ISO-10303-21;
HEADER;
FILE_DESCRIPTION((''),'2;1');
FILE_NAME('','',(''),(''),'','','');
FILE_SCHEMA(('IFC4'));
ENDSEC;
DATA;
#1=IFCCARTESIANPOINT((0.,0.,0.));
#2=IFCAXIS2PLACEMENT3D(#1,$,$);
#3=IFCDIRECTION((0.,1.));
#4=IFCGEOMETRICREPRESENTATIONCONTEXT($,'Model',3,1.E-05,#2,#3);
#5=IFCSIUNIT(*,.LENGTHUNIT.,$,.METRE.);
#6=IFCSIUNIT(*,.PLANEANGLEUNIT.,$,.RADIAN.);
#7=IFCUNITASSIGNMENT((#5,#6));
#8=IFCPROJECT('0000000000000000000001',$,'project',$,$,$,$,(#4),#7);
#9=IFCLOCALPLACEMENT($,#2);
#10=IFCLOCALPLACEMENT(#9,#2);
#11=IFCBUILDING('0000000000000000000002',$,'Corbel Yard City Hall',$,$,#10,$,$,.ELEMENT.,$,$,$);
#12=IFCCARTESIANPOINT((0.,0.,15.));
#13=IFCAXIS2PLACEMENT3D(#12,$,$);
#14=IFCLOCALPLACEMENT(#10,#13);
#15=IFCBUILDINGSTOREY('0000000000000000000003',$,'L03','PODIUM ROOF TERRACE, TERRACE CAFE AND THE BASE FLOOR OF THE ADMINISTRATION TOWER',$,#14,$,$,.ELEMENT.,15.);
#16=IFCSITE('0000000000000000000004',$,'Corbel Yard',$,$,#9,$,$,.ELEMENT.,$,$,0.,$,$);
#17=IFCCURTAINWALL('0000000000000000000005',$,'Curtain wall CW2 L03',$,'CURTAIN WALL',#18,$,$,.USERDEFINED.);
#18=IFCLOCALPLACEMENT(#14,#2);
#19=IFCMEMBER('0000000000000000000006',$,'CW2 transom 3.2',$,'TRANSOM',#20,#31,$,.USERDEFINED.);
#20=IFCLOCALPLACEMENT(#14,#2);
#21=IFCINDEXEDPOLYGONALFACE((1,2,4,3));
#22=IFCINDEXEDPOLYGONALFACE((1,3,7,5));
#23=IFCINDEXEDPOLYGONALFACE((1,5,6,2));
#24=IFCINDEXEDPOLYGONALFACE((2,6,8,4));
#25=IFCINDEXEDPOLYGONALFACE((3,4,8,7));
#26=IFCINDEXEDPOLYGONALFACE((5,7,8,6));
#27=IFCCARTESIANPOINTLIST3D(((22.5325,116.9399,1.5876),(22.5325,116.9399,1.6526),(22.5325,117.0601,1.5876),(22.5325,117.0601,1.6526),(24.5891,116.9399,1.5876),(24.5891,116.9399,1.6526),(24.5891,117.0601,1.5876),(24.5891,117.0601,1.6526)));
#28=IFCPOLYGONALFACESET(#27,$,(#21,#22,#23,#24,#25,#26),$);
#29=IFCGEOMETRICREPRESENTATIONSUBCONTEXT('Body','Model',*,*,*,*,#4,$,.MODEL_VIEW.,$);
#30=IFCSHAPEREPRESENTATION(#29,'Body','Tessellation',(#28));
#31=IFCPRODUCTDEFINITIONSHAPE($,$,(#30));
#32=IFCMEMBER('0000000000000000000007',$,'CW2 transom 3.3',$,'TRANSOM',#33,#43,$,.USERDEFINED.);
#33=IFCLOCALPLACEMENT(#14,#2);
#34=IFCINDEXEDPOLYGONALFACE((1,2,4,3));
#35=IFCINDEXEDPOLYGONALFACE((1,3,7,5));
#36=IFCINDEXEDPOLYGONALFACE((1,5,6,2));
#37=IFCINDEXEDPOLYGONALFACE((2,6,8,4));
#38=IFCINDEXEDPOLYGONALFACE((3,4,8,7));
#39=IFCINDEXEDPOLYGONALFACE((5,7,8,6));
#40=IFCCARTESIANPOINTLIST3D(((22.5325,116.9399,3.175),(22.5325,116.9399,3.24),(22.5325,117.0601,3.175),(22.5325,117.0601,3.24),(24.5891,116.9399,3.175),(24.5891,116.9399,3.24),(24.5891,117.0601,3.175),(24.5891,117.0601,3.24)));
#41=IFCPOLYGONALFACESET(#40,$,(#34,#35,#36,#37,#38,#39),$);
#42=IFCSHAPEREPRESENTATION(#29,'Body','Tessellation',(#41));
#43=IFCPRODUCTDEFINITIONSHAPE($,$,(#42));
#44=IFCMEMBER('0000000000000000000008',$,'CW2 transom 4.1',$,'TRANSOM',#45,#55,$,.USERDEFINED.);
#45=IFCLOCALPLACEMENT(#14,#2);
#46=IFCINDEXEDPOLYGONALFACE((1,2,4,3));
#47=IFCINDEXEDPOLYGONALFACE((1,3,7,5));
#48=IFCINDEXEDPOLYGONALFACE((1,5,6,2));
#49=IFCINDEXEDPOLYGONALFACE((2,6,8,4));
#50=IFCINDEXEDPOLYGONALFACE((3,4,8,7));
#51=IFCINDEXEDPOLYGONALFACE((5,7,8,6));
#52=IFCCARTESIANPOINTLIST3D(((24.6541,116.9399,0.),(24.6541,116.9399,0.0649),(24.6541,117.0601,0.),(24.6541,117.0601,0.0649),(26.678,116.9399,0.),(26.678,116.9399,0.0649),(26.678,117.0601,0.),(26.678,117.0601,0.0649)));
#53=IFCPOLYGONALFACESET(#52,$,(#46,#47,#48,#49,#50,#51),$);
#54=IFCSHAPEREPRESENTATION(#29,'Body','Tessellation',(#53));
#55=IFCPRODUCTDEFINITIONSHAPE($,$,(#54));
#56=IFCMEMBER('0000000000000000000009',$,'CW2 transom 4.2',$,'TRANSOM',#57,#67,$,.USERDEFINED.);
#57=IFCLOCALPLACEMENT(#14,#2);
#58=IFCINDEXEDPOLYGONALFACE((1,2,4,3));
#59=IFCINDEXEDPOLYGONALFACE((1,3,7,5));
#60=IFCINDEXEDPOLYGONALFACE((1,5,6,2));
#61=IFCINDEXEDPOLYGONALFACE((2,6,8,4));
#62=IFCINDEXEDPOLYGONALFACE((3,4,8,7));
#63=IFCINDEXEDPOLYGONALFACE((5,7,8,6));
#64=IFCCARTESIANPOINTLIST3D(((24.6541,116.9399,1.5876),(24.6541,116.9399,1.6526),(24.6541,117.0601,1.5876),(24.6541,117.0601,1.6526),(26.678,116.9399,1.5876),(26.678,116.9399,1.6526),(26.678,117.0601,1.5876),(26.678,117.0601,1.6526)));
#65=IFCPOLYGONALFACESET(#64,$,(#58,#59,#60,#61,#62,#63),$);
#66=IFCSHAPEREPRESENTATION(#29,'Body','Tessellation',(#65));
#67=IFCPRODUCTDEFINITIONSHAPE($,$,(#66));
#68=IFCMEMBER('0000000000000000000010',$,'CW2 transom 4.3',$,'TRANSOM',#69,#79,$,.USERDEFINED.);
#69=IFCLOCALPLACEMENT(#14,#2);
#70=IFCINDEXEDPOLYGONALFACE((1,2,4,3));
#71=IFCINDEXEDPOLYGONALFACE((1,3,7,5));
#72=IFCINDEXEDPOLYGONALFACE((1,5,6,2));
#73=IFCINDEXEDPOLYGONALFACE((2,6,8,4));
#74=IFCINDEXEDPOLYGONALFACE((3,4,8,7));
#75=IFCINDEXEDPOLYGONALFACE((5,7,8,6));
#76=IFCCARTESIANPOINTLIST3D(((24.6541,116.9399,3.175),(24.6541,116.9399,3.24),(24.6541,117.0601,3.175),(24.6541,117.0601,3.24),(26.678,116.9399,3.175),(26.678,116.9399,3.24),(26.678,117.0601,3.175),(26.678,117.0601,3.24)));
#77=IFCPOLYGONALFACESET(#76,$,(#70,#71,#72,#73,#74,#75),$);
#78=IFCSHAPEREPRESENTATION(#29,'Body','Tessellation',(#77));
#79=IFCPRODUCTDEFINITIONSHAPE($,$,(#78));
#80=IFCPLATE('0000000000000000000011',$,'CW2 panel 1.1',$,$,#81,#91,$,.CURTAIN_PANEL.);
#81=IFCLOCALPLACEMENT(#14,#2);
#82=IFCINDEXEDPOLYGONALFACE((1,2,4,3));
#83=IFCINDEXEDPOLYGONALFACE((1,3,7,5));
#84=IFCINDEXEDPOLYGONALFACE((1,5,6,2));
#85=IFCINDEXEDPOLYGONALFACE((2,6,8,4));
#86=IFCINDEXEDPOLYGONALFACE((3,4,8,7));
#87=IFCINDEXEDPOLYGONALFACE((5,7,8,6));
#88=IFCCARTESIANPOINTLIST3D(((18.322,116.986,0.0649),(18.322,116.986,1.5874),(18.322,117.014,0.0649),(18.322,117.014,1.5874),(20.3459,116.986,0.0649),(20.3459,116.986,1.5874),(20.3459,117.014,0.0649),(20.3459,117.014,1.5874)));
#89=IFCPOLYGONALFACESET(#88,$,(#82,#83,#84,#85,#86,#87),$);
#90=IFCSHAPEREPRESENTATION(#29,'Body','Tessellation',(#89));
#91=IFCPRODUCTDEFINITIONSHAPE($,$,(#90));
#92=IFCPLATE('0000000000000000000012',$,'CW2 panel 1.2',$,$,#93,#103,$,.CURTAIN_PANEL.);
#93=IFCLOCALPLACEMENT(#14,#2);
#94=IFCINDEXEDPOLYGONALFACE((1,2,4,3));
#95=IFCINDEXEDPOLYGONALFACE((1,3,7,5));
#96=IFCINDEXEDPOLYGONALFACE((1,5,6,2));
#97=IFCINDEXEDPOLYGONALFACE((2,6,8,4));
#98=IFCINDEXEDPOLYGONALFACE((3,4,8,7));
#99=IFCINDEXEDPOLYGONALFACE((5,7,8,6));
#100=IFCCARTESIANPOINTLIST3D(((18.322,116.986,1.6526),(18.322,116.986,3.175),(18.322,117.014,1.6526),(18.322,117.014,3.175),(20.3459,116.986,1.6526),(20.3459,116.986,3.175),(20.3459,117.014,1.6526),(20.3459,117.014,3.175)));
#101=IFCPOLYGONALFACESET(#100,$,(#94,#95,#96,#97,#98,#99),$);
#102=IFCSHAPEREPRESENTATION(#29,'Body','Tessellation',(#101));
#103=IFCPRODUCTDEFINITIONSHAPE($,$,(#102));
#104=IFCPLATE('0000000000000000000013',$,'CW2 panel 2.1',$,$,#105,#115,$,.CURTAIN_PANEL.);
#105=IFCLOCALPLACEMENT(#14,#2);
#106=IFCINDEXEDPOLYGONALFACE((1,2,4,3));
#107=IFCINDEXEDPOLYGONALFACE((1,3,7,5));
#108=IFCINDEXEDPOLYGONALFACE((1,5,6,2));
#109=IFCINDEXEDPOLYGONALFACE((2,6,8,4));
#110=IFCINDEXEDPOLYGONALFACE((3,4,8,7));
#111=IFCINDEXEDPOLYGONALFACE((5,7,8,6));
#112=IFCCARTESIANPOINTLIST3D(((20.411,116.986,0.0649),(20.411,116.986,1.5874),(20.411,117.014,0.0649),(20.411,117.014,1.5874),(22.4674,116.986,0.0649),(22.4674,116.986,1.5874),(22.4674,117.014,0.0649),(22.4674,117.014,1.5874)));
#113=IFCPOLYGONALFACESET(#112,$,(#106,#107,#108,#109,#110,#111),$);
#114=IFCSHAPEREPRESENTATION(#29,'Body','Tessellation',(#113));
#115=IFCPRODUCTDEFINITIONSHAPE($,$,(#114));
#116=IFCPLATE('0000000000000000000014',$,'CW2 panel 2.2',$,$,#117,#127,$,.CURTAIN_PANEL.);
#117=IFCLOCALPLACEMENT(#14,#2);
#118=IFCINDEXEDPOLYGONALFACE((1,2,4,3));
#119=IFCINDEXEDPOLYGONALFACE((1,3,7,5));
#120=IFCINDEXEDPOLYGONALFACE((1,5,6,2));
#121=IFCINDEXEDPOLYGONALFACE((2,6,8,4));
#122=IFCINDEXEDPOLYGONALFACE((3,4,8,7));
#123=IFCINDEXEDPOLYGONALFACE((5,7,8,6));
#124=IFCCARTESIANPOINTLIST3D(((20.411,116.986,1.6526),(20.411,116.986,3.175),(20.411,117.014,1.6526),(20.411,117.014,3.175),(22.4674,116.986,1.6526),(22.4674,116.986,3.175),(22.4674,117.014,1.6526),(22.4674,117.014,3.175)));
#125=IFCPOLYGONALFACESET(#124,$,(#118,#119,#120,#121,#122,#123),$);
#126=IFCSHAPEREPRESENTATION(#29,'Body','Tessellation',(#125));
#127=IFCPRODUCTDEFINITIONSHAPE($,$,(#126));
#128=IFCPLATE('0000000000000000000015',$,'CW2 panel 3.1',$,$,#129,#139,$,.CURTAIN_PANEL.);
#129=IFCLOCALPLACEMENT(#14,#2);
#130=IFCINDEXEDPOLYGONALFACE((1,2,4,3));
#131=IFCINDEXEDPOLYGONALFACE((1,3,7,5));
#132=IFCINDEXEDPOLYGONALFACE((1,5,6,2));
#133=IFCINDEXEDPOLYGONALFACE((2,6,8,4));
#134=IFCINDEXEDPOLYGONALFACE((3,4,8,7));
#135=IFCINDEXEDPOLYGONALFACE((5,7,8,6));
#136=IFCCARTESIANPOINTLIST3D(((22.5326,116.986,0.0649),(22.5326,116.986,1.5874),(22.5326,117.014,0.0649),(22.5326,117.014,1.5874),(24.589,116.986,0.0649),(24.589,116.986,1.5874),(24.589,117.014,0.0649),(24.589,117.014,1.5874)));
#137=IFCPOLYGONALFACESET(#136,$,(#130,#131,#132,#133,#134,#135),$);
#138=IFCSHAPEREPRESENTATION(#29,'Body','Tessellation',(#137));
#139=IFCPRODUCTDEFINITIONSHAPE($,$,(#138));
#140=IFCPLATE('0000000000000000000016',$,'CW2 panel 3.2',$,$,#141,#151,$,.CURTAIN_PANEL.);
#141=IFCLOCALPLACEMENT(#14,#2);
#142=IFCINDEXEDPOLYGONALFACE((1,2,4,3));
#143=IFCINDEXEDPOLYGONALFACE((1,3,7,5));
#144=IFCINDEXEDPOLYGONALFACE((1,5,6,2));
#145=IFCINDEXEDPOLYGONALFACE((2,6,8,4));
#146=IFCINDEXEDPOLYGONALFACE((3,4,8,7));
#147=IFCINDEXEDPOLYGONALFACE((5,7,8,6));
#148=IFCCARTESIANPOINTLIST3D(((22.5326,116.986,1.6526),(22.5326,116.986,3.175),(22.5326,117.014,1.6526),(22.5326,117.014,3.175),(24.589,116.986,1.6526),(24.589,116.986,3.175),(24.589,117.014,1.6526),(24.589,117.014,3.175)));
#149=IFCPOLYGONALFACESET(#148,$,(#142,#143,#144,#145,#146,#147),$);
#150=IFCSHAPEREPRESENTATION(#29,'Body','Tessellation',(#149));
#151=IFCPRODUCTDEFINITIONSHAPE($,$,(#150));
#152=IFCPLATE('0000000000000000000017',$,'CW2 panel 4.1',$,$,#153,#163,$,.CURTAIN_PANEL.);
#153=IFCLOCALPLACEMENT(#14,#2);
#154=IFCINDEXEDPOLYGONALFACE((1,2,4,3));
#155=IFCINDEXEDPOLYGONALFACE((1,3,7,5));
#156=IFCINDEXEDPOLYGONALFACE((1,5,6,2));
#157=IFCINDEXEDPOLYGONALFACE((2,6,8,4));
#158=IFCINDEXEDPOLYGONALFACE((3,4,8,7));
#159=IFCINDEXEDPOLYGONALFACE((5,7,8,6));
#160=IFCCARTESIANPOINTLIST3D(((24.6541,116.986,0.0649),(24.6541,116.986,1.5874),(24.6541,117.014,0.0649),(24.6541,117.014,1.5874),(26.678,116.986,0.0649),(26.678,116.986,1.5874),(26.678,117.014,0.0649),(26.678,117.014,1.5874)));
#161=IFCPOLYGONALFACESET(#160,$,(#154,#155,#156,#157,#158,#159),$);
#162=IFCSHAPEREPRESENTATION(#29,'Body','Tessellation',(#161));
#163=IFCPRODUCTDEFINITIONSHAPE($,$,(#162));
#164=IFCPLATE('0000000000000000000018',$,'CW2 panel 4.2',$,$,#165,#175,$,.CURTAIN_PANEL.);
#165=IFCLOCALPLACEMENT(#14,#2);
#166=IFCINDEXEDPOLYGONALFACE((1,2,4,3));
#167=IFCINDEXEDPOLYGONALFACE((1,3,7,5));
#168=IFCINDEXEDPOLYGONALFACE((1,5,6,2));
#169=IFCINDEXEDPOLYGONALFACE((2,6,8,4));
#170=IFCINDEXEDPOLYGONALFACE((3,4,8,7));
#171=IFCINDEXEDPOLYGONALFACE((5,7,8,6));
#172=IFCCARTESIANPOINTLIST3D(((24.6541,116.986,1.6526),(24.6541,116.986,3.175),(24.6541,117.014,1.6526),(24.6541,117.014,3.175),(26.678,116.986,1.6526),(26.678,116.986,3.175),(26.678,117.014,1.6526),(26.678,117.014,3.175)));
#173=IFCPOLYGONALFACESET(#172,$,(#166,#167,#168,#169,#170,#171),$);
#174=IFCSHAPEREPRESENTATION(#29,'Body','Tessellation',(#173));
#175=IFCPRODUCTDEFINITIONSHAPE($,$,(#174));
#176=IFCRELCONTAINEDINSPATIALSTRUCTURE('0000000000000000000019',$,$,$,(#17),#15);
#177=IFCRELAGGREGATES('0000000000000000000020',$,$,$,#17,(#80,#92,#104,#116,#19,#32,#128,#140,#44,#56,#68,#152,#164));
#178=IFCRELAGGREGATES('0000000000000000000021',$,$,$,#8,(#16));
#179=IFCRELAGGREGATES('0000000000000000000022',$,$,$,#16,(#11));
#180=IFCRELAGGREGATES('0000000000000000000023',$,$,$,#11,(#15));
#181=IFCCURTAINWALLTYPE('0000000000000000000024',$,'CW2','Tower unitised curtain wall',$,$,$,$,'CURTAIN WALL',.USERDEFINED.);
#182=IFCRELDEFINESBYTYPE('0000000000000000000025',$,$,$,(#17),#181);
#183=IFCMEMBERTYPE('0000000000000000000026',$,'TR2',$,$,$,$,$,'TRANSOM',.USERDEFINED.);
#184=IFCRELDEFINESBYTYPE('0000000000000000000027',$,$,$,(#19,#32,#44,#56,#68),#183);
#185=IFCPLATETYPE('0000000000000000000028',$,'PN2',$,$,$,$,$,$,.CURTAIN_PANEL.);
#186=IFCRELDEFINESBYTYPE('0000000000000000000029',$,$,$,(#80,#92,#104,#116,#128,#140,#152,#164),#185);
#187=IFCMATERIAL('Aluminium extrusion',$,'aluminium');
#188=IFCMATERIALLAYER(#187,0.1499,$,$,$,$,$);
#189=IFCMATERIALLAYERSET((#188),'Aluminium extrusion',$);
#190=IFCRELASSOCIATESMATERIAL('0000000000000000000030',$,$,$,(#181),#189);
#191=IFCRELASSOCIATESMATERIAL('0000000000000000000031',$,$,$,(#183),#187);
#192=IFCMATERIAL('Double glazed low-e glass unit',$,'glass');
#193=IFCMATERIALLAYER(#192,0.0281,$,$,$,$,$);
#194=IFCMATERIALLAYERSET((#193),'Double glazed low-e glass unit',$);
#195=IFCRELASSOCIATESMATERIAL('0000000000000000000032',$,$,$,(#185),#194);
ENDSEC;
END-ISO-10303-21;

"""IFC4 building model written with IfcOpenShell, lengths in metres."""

from ifc_helpers import new_model, si_unit, direction, frame, origin, origin_2d, place, context, subcontext, project, spatial, rectangle, extrude, material, layer, layer_set, material_profile, profile_set, type_object, element, aggregate, save


model = new_model("IFC4")

# Units and contexts
model_context = context("Model", 3, precision=1e-05, world=origin(), true_north=direction((0.0, 1.0)))
body_context = subcontext(model_context, "Body", "Model", "MODEL_VIEW")
ifc_project = project(units=[si_unit("LENGTHUNIT", "METRE"), si_unit("PLANEANGLEUNIT", "RADIAN")], contexts=[model_context])

# Site, building, storey
site_placement = place(None, origin())
site = spatial("IfcSite", under=ifc_project, at=site_placement, Name="Corbel Yard", CompositionType="ELEMENT", RefElevation=0.0)
building_placement = place(site_placement, origin())
building = spatial("IfcBuilding", under=site, at=building_placement, Name="Corbel Yard City Hall", CompositionType="ELEMENT")
storey_placement = place(building_placement, frame((0.0, 0.0, 15.0)))
storey = spatial("IfcBuildingStorey", under=building, at=storey_placement, Name="L03", Description="PODIUM ROOF TERRACE, TERRACE CAFE AND THE BASE FLOOR OF THE ADMINISTRATION TOWER", CompositionType="ELEMENT", Elevation=15.0)

# Curtain wall, members, plates
ifc_material_1 = material(Name="Aluminium extrusion", Category="aluminium")
ifc_layer_1 = layer(ifc_material_1, 0.1499)
ifc_layer_set_1 = layer_set([ifc_layer_1], Name="Aluminium extrusion")
curtain_wall_type = type_object("IfcCurtainWallType", Name="CW2", Description="Tower unitised curtain wall", ElementType="CURTAIN WALL", PredefinedType="USERDEFINED", material=ifc_layer_set_1)
curtain_wall_placement = place(storey_placement, origin())
curtain_wall = element("IfcCurtainWall", 1, at=curtain_wall_placement, inside=storey, type_object=curtain_wall_type, Name="Curtain wall CW2 L03", ObjectType="CURTAIN WALL", PredefinedType="USERDEFINED")
ifc_material_profile_1 = material_profile(ifc_material_1, rectangle(XDim=0.1201, YDim=0.0649, at=origin_2d()), Name="120x65")
ifc_profile_set_1 = profile_set([ifc_material_profile_1], Name="Aluminium extrusion")
member_type_1 = type_object("IfcMemberType", Name="TR2", ElementType="TRANSOM", PredefinedType="USERDEFINED", material=ifc_profile_set_1)
member_1_placement = place(storey_placement, frame((22.5325, 117.0, 1.6201), z_axis=(1.0, 0.0, 0.0), x_axis=(0.0, 1.0, 0.0)))
member_1 = element("IfcMember", 2, at=member_1_placement, type_object=member_type_1, Name="CW2 transom 3.2", ObjectType="TRANSOM", PredefinedType="USERDEFINED", context=body_context, shape_type="SweptSolid", body=[
    extrude(rectangle(XDim=0.1201, YDim=0.0649, at=origin_2d()), origin(), (0.0, 0.0, 1.0), 2.0566),
])
member_2_placement = place(storey_placement, frame((22.5325, 117.0, 3.2075), z_axis=(1.0, 0.0, 0.0), x_axis=(0.0, 1.0, 0.0)))
member_2 = element("IfcMember", 3, at=member_2_placement, type_object=member_type_1, Name="CW2 transom 3.3", ObjectType="TRANSOM", PredefinedType="USERDEFINED", context=body_context, shape_type="SweptSolid", body=[
    extrude(rectangle(XDim=0.1201, YDim=0.0649, at=origin_2d()), origin(), (0.0, 0.0, 1.0), 2.0566),
])
member_3_placement = place(storey_placement, frame((24.6541, 117.0, 0.0325), z_axis=(1.0, 0.0, 0.0), x_axis=(0.0, 1.0, 0.0)))
member_3 = element("IfcMember", 4, at=member_3_placement, type_object=member_type_1, Name="CW2 transom 4.1", ObjectType="TRANSOM", PredefinedType="USERDEFINED", context=body_context, shape_type="SweptSolid", body=[
    extrude(rectangle(XDim=0.1201, YDim=0.0649, at=origin_2d()), origin(), (0.0, 0.0, 1.0), 2.0239),
])
member_4_placement = place(storey_placement, frame((24.6541, 117.0, 1.6201), z_axis=(1.0, 0.0, 0.0), x_axis=(0.0, 1.0, 0.0)))
member_4 = element("IfcMember", 5, at=member_4_placement, type_object=member_type_1, Name="CW2 transom 4.2", ObjectType="TRANSOM", PredefinedType="USERDEFINED", context=body_context, shape_type="SweptSolid", body=[
    extrude(rectangle(XDim=0.1201, YDim=0.0649, at=origin_2d()), origin(), (0.0, 0.0, 1.0), 2.0239),
])
member_5_placement = place(storey_placement, frame((24.6541, 117.0, 3.2075), z_axis=(1.0, 0.0, 0.0), x_axis=(0.0, 1.0, 0.0)))
member_5 = element("IfcMember", 6, at=member_5_placement, type_object=member_type_1, Name="CW2 transom 4.3", ObjectType="TRANSOM", PredefinedType="USERDEFINED", context=body_context, shape_type="SweptSolid", body=[
    extrude(rectangle(XDim=0.1201, YDim=0.0649, at=origin_2d()), origin(), (0.0, 0.0, 1.0), 2.0239),
])
ifc_material_2 = material(Name="Double glazed low-e glass unit", Category="glass")
ifc_layer_2 = layer(ifc_material_2, 0.0281)
ifc_layer_set_2 = layer_set([ifc_layer_2], Name="Double glazed low-e glass unit")
plate_type = type_object("IfcPlateType", Name="PN2", PredefinedType="CURTAIN_PANEL", material=ifc_layer_set_2)
plate_1_placement = place(storey_placement, frame((19.334, 117.0, 0.0649), z_axis=(0.0, 0.0, 1.0), x_axis=(1.0, 0.0, 0.0)))
plate_1 = element("IfcPlate", 7, at=plate_1_placement, type_object=plate_type, Name="CW2 panel 1.1", PredefinedType="CURTAIN_PANEL", context=body_context, shape_type="SweptSolid", body=[
    extrude(rectangle(XDim=2.0239, YDim=0.0281, at=origin_2d()), origin(), (0.0, 0.0, 1.0), 1.5225),
])
plate_2_placement = place(storey_placement, frame((19.334, 117.0, 1.6526), z_axis=(0.0, 0.0, 1.0), x_axis=(1.0, 0.0, 0.0)))
plate_2 = element("IfcPlate", 8, at=plate_2_placement, type_object=plate_type, Name="CW2 panel 1.2", PredefinedType="CURTAIN_PANEL", context=body_context, shape_type="SweptSolid", body=[
    extrude(rectangle(XDim=2.0239, YDim=0.0281, at=origin_2d()), origin(), (0.0, 0.0, 1.0), 1.5225),
])
plate_3_placement = place(storey_placement, frame((21.4392, 117.0, 0.0649), z_axis=(0.0, 0.0, 1.0), x_axis=(1.0, 0.0, 0.0)))
plate_3 = element("IfcPlate", 9, at=plate_3_placement, type_object=plate_type, Name="CW2 panel 2.1", PredefinedType="CURTAIN_PANEL", context=body_context, shape_type="SweptSolid", body=[
    extrude(rectangle(XDim=2.0564, YDim=0.0281, at=origin_2d()), origin(), (0.0, 0.0, 1.0), 1.5225),
])
plate_4_placement = place(storey_placement, frame((21.4392, 117.0, 1.6526), z_axis=(0.0, 0.0, 1.0), x_axis=(1.0, 0.0, 0.0)))
plate_4 = element("IfcPlate", 10, at=plate_4_placement, type_object=plate_type, Name="CW2 panel 2.2", PredefinedType="CURTAIN_PANEL", context=body_context, shape_type="SweptSolid", body=[
    extrude(rectangle(XDim=2.0564, YDim=0.0281, at=origin_2d()), origin(), (0.0, 0.0, 1.0), 1.5225),
])
plate_5_placement = place(storey_placement, frame((23.5608, 117.0, 0.0649), z_axis=(0.0, 0.0, 1.0), x_axis=(1.0, 0.0, 0.0)))
plate_5 = element("IfcPlate", 11, at=plate_5_placement, type_object=plate_type, Name="CW2 panel 3.1", PredefinedType="CURTAIN_PANEL", context=body_context, shape_type="SweptSolid", body=[
    extrude(rectangle(XDim=2.0564, YDim=0.0281, at=origin_2d()), origin(), (0.0, 0.0, 1.0), 1.5225),
])
plate_6_placement = place(storey_placement, frame((23.5608, 117.0, 1.6526), z_axis=(0.0, 0.0, 1.0), x_axis=(1.0, 0.0, 0.0)))
plate_6 = element("IfcPlate", 12, at=plate_6_placement, type_object=plate_type, Name="CW2 panel 3.2", PredefinedType="CURTAIN_PANEL", context=body_context, shape_type="SweptSolid", body=[
    extrude(rectangle(XDim=2.0564, YDim=0.0281, at=origin_2d()), origin(), (0.0, 0.0, 1.0), 1.5225),
])
plate_7_placement = place(storey_placement, frame((25.666, 117.0, 0.0649), z_axis=(0.0, 0.0, 1.0), x_axis=(1.0, 0.0, 0.0)))
plate_7 = element("IfcPlate", 13, at=plate_7_placement, type_object=plate_type, Name="CW2 panel 4.1", PredefinedType="CURTAIN_PANEL", context=body_context, shape_type="SweptSolid", body=[
    extrude(rectangle(XDim=2.0239, YDim=0.0281, at=origin_2d()), origin(), (0.0, 0.0, 1.0), 1.5225),
])
plate_8_placement = place(storey_placement, frame((25.666, 117.0, 1.6526), z_axis=(0.0, 0.0, 1.0), x_axis=(1.0, 0.0, 0.0)))
plate_8 = element("IfcPlate", 14, at=plate_8_placement, type_object=plate_type, Name="CW2 panel 4.2", PredefinedType="CURTAIN_PANEL", context=body_context, shape_type="SweptSolid", body=[
    extrude(rectangle(XDim=2.0239, YDim=0.0281, at=origin_2d()), origin(), (0.0, 0.0, 1.0), 1.5225),
])
aggregate(curtain_wall, [plate_1, plate_2, plate_3, plate_4, member_1, member_2, plate_5, plate_6, member_3, member_4, member_5, plate_7, plate_8])

save(model, "model.ifc")
